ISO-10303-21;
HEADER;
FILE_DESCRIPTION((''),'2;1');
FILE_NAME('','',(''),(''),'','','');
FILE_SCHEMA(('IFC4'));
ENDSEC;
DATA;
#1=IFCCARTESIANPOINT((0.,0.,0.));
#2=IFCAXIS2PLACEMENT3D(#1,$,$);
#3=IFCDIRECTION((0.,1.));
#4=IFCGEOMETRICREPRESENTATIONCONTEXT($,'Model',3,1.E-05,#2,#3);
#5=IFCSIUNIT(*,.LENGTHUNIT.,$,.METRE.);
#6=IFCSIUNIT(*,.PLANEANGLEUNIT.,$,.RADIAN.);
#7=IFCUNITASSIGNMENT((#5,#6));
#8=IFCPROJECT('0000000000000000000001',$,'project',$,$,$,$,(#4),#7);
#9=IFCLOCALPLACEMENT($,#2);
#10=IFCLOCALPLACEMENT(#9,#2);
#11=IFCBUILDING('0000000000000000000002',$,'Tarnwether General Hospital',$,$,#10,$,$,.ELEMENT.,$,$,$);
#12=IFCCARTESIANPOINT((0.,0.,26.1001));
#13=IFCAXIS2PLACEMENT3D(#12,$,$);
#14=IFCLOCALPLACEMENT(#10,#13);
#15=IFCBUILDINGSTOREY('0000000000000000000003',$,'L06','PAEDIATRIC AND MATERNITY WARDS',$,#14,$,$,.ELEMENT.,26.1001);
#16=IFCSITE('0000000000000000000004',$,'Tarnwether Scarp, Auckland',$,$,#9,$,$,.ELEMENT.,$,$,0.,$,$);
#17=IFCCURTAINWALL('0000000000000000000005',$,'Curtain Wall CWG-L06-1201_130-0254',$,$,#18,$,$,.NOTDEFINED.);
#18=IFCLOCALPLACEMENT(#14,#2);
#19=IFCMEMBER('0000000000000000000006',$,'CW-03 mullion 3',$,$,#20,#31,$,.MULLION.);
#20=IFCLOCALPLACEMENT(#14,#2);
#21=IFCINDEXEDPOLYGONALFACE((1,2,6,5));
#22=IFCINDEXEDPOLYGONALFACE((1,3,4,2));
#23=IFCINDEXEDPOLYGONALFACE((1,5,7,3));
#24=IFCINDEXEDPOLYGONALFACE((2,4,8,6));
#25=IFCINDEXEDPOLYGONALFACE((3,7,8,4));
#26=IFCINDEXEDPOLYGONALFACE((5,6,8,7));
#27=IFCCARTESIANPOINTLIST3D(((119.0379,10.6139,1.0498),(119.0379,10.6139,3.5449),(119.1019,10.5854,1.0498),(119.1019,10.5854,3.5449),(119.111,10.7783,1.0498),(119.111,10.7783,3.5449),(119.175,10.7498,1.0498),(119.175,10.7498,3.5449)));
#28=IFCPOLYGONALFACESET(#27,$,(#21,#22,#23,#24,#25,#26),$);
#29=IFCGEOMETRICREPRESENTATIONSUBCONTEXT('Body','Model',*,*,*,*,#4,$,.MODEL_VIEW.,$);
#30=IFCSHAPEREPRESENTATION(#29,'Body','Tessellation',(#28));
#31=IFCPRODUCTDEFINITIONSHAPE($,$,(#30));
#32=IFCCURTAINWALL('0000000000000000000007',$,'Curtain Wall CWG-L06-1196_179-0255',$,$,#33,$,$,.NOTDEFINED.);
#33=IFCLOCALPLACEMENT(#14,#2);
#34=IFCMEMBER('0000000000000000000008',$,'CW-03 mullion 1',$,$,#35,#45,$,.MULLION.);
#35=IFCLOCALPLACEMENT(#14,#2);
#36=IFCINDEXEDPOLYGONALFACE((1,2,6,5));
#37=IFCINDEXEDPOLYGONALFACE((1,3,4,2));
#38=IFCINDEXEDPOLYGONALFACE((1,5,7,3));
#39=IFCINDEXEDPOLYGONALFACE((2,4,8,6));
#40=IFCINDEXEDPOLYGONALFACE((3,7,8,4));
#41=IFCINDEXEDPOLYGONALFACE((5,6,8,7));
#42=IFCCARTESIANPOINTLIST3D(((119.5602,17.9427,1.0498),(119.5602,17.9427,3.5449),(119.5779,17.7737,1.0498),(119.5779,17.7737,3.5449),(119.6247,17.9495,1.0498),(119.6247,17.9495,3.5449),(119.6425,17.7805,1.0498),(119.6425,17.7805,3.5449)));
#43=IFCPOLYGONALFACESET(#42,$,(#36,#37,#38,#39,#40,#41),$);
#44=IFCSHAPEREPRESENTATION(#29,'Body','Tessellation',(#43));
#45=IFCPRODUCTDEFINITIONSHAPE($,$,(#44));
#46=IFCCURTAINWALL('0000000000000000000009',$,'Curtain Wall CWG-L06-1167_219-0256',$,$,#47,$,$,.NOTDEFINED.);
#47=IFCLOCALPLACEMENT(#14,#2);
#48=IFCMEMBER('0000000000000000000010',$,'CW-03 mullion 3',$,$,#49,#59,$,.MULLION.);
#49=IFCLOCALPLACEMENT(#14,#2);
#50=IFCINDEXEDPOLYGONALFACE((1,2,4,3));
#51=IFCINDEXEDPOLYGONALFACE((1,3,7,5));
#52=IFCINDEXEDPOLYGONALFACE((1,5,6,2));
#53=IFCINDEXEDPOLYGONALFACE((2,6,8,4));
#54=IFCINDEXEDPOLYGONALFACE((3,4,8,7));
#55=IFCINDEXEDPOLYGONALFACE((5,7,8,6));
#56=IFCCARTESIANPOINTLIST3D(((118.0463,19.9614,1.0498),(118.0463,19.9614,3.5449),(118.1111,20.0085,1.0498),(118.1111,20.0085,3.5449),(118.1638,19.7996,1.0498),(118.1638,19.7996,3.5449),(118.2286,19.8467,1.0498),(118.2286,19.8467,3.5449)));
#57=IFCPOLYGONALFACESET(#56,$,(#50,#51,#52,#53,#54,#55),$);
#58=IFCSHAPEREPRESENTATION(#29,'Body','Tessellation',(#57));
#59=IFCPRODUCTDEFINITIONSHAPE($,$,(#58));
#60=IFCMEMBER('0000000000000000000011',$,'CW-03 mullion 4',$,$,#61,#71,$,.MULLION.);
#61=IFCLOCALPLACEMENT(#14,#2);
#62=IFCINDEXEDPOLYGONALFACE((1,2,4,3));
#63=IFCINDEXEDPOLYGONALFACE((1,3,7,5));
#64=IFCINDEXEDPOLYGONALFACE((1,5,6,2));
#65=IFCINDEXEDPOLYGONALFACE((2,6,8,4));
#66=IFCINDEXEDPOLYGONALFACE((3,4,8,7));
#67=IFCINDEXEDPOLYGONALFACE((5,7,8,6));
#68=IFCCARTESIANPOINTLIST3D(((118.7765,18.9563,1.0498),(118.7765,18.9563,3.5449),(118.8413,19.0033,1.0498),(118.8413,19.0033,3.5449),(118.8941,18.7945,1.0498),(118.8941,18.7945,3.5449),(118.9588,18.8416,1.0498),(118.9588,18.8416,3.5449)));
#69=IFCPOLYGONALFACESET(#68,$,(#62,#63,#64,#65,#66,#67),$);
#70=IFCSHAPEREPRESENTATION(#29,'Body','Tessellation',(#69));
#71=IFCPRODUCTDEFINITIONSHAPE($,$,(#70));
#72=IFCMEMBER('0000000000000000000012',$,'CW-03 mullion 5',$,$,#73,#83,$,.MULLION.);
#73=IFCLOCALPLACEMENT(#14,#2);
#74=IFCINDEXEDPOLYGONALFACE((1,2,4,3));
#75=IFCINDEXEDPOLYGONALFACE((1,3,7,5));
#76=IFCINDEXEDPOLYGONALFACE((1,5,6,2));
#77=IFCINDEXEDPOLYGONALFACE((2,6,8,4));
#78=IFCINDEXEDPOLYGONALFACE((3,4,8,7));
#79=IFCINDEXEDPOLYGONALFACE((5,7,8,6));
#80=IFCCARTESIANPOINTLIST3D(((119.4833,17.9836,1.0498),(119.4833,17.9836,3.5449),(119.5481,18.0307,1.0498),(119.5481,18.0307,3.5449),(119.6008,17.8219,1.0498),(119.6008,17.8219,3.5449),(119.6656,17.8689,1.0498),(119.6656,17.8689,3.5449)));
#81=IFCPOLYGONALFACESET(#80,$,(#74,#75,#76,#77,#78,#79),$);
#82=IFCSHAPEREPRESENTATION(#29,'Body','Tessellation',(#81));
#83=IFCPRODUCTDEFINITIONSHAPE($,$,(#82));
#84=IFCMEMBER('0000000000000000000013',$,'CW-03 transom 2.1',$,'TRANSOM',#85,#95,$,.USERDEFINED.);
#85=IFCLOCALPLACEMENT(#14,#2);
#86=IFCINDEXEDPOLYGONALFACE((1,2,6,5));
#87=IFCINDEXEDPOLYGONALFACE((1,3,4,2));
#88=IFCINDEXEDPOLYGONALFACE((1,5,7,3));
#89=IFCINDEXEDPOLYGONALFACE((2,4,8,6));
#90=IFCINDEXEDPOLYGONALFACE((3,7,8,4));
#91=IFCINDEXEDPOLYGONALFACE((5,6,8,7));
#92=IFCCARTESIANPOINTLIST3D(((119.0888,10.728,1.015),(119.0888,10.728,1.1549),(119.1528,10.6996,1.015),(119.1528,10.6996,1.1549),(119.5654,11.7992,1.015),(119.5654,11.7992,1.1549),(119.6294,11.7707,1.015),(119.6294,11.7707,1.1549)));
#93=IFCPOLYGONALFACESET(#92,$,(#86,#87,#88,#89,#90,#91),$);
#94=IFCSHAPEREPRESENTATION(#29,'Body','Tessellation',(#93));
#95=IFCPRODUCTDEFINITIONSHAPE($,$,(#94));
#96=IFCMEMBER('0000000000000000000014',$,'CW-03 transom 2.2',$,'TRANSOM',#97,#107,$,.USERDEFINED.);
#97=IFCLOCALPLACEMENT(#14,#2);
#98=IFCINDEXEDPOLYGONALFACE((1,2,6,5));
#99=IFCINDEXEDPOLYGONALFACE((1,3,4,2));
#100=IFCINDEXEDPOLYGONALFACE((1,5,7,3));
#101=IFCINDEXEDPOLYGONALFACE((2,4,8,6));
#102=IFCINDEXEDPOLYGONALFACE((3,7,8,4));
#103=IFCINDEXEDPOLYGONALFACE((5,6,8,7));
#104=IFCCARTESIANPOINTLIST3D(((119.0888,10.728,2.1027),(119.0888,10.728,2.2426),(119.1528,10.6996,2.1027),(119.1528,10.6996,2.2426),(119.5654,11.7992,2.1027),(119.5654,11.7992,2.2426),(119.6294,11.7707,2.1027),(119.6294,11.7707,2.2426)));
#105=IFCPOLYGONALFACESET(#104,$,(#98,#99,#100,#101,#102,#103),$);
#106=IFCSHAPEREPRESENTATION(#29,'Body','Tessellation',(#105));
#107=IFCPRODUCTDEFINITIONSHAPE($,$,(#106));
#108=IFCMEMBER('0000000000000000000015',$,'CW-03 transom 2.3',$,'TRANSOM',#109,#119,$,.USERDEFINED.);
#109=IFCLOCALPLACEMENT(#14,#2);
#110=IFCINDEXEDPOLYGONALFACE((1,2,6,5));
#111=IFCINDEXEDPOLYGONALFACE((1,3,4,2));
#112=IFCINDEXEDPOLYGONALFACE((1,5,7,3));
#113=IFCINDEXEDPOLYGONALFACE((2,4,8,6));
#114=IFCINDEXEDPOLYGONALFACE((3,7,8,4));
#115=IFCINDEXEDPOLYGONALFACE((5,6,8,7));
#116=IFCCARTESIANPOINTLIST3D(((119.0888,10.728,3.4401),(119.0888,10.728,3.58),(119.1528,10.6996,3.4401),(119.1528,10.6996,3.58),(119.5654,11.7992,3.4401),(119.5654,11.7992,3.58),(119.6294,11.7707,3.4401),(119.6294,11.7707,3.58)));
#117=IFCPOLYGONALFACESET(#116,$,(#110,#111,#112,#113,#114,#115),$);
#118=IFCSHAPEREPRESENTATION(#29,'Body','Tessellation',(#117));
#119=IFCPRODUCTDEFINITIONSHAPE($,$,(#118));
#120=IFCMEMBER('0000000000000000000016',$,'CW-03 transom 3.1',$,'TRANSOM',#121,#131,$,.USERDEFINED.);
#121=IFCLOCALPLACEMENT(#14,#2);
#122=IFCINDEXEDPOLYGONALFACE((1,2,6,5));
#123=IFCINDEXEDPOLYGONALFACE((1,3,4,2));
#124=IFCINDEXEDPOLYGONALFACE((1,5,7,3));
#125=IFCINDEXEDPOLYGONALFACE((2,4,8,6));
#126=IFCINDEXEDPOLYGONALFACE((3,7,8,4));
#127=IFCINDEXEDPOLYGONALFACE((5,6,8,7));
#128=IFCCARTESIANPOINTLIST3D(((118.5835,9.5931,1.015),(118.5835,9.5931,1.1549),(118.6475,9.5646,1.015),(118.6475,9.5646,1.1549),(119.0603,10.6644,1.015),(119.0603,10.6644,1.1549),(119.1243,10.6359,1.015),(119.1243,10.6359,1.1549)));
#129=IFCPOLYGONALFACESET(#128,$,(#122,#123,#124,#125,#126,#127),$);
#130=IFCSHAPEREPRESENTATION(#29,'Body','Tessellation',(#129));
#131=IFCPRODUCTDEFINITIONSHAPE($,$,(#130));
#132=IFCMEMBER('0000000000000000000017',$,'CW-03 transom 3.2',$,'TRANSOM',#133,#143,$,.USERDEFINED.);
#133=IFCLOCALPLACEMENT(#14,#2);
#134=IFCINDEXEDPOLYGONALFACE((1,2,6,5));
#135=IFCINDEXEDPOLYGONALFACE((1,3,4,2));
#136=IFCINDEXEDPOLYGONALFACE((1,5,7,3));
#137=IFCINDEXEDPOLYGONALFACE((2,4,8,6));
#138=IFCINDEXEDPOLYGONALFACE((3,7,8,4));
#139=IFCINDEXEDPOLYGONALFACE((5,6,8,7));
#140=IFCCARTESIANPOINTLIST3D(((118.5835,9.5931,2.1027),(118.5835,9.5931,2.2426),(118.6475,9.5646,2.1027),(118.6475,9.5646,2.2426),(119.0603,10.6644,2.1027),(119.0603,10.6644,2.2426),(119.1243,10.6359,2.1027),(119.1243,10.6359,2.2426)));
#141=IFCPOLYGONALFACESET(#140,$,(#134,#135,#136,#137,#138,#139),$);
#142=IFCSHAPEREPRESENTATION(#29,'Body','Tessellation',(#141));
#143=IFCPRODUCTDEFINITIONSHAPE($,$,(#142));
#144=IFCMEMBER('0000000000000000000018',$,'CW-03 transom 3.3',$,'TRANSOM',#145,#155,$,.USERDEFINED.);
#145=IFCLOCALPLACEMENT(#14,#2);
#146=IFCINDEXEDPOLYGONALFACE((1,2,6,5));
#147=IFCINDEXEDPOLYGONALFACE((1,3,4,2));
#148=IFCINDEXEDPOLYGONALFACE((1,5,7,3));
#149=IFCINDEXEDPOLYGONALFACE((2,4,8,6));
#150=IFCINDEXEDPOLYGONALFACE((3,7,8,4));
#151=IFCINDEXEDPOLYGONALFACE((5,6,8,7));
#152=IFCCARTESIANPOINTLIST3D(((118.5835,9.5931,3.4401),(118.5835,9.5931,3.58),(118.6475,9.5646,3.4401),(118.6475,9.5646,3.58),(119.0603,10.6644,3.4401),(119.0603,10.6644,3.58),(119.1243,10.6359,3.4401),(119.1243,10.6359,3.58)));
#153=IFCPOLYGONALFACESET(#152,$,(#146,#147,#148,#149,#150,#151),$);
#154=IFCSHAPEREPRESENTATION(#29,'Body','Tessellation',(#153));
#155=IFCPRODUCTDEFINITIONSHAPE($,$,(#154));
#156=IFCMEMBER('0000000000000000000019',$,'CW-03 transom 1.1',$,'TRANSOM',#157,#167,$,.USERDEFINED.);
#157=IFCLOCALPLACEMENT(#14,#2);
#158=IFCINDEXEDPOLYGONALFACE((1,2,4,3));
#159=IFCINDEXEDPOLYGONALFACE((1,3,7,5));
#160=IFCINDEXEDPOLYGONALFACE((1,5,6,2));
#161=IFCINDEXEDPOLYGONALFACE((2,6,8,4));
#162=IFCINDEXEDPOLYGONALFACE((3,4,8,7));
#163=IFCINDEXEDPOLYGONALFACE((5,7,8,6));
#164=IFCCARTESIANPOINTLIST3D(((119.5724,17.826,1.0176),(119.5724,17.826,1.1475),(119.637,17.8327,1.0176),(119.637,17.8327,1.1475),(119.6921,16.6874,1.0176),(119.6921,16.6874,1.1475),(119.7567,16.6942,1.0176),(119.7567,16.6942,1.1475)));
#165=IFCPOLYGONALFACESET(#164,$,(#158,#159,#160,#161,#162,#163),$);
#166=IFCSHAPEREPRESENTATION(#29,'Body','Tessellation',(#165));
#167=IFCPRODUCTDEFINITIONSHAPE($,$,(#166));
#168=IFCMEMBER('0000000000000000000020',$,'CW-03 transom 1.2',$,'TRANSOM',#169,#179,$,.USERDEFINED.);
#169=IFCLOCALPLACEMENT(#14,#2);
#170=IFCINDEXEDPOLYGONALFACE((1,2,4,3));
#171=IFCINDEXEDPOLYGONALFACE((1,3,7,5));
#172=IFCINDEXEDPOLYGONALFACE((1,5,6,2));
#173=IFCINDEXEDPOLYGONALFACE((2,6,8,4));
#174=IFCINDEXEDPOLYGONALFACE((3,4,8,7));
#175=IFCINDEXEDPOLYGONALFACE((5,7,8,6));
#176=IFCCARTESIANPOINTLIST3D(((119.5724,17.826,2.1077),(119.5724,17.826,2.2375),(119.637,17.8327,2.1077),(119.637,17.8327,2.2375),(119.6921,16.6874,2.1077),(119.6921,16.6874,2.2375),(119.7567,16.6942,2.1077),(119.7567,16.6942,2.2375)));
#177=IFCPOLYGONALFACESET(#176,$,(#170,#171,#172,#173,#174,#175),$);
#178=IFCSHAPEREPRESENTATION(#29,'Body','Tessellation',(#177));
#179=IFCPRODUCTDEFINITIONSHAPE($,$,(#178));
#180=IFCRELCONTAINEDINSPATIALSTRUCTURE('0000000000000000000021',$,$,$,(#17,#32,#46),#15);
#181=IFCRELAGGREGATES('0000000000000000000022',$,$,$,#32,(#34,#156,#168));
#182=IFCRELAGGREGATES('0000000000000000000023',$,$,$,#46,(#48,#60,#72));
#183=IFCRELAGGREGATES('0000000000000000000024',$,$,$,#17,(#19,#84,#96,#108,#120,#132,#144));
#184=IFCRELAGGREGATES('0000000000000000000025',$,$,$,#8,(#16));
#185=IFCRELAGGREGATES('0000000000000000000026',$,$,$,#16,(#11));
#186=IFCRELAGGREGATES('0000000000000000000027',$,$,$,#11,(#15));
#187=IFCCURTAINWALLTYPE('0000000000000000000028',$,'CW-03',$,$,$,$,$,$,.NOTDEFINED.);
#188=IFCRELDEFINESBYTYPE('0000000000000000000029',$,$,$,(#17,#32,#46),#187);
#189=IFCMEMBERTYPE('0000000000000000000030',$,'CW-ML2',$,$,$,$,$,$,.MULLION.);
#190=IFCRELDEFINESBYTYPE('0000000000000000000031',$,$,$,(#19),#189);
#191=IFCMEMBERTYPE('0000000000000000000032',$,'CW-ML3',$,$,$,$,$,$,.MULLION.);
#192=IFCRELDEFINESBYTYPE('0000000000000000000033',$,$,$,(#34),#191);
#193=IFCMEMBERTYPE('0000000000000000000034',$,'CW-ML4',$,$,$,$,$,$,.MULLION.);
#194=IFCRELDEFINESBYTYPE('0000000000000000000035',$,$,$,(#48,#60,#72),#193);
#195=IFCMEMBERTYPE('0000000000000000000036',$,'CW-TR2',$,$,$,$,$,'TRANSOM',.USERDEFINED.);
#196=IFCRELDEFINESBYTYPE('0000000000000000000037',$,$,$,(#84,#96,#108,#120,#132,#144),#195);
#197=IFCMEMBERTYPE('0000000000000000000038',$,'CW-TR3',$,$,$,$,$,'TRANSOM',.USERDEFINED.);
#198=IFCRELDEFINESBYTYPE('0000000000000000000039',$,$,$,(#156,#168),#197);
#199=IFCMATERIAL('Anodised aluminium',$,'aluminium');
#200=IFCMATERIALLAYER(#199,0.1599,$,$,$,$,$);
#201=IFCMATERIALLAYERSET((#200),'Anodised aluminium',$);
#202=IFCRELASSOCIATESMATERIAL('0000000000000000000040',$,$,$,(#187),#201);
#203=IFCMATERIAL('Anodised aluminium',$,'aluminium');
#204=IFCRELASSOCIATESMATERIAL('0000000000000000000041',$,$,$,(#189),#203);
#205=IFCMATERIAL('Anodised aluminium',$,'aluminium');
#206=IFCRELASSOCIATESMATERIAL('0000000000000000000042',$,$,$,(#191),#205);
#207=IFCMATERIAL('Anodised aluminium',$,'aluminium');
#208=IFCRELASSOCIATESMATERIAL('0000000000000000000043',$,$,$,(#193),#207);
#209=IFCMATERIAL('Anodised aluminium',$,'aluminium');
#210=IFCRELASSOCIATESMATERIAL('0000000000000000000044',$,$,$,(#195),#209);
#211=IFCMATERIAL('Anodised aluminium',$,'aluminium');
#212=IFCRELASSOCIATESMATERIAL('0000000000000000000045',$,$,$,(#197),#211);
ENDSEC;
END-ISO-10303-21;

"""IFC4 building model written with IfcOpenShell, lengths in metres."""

from ifc_helpers import new_model, si_unit, direction, frame, origin, origin_2d, place, context, subcontext, project, spatial, rectangle, extrude, material, layer, layer_set, material_profile, profile_set, type_object, element, aggregate, save


model = new_model("IFC4")

# Units and contexts
model_context = context("Model", 3, precision=1e-05, world=origin(), true_north=direction((0.0, 1.0)))
body_context = subcontext(model_context, "Body", "Model", "MODEL_VIEW")
ifc_project = project(units=[si_unit("LENGTHUNIT", "METRE"), si_unit("PLANEANGLEUNIT", "RADIAN")], contexts=[model_context])

# Site, building, storey
site_placement = place(None, origin())
site = spatial("IfcSite", under=ifc_project, at=site_placement, Name="Tarnwether Scarp, Auckland", CompositionType="ELEMENT", RefElevation=0.0)
building_placement = place(site_placement, origin())
building = spatial("IfcBuilding", under=site, at=building_placement, Name="Tarnwether General Hospital", CompositionType="ELEMENT")
storey_placement = place(building_placement, frame((0.0, 0.0, 26.1001)))
storey = spatial("IfcBuildingStorey", under=building, at=storey_placement, Name="L06", Description="PAEDIATRIC AND MATERNITY WARDS", CompositionType="ELEMENT", Elevation=26.1001)

# Curtain walls, members
ifc_material_1 = material(Name="Anodised aluminium", Category="aluminium")
ifc_layer_1 = layer(ifc_material_1, 0.1599)
ifc_layer_set_1 = layer_set([ifc_layer_1], Name="Anodised aluminium")
curtain_wall_type = type_object("IfcCurtainWallType", Name="CW-03", PredefinedType="NOTDEFINED", material=ifc_layer_set_1)
curtain_wall_1_placement = place(storey_placement, origin())
curtain_wall_1 = element("IfcCurtainWall", 1, at=curtain_wall_1_placement, inside=storey, type_object=curtain_wall_type, Name="Curtain Wall CWG-L06-1201_130-0254", PredefinedType="NOTDEFINED")
ifc_material_2 = material(Name="Anodised aluminium", Category="aluminium")
ifc_material_profile_1 = material_profile(ifc_material_2, rectangle(XDim=0.0701, YDim=0.1799, at=origin_2d()), Name="ALU-MUL-70x180")
ifc_profile_set_1 = profile_set([ifc_material_profile_1], Name="Anodised aluminium")
member_type_1 = type_object("IfcMemberType", Name="CW-ML2", PredefinedType="MULLION", material=ifc_profile_set_1)
member_1_placement = place(storey_placement, frame((119.1064, 10.6819, 1.0498), z_axis=(0.0, 0.0, 1.0), x_axis=(0.913571, -0.40668, 0.0)))
member_1 = element("IfcMember", 2, at=member_1_placement, type_object=member_type_1, Name="CW-03 mullion 3", PredefinedType="MULLION", context=body_context, shape_type="SweptSolid", body=[
    extrude(rectangle(XDim=0.0701, YDim=0.1799, at=origin_2d()), origin(), (0.0, 0.0, 1.0), 2.4951),
])
curtain_wall_2_placement = place(storey_placement, origin())
curtain_wall_2 = element("IfcCurtainWall", 3, at=curtain_wall_2_placement, inside=storey, type_object=curtain_wall_type, Name="Curtain Wall CWG-L06-1196_179-0255", PredefinedType="NOTDEFINED")
ifc_material_3 = material(Name="Anodised aluminium", Category="aluminium")
ifc_material_profile_2 = material_profile(ifc_material_3, rectangle(XDim=0.0649, YDim=0.1699, at=origin_2d()), Name="ALU-MUL-65x170")
ifc_profile_set_2 = profile_set([ifc_material_profile_2], Name="Anodised aluminium")
member_type_2 = type_object("IfcMemberType", Name="CW-ML3", PredefinedType="MULLION", material=ifc_profile_set_2)
member_2_placement = place(storey_placement, frame((119.6013, 17.8616, 1.0498), z_axis=(0.0, 0.0, 1.0), x_axis=(0.994531, 0.104444, 0.0)))
member_2 = element("IfcMember", 4, at=member_2_placement, type_object=member_type_2, Name="CW-03 mullion 1", PredefinedType="MULLION", context=body_context, shape_type="SweptSolid", body=[
    extrude(rectangle(XDim=0.0649, YDim=0.1699, at=origin_2d()), origin(), (0.0, 0.0, 1.0), 2.4951),
])

# Curtain wall, members
curtain_wall_3_placement = place(storey_placement, origin())
curtain_wall_3 = element("IfcCurtainWall", 5, at=curtain_wall_3_placement, inside=storey, type_object=curtain_wall_type, Name="Curtain Wall CWG-L06-1167_219-0256", PredefinedType="NOTDEFINED")
ifc_material_4 = material(Name="Anodised aluminium", Category="aluminium")
ifc_material_profile_3 = material_profile(ifc_material_4, rectangle(XDim=0.0801, YDim=0.2, at=origin_2d()), Name="ALU-MUL-80x200")
ifc_profile_set_3 = profile_set([ifc_material_profile_3], Name="Anodised aluminium")
member_type_3 = type_object("IfcMemberType", Name="CW-ML4", PredefinedType="MULLION", material=ifc_profile_set_3)
member_3_placement = place(storey_placement, frame((118.1375, 19.9041, 1.0498), z_axis=(0.0, 0.0, 1.0), x_axis=(0.808988, 0.587825, 0.0)))
member_3 = element("IfcMember", 6, at=member_3_placement, type_object=member_type_3, Name="CW-03 mullion 3", PredefinedType="MULLION", context=body_context, shape_type="SweptSolid", body=[
    extrude(rectangle(XDim=0.0801, YDim=0.2, at=origin_2d()), origin(), (0.0, 0.0, 1.0), 2.4951),
])
member_4_placement = place(storey_placement, frame((118.8677, 18.8989, 1.0498), z_axis=(0.0, 0.0, 1.0), x_axis=(0.808988, 0.587825, 0.0)))
member_4 = element("IfcMember", 7, at=member_4_placement, type_object=member_type_3, Name="CW-03 mullion 4", PredefinedType="MULLION", context=body_context, shape_type="SweptSolid", body=[
    extrude(rectangle(XDim=0.0801, YDim=0.2, at=origin_2d()), origin(), (0.0, 0.0, 1.0), 2.4951),
])
member_5_placement = place(storey_placement, frame((119.5745, 17.9263, 1.0498), z_axis=(0.0, 0.0, 1.0), x_axis=(0.808988, 0.587825, 0.0)))
member_5 = element("IfcMember", 8, at=member_5_placement, type_object=member_type_3, Name="CW-03 mullion 5", PredefinedType="MULLION", context=body_context, shape_type="SweptSolid", body=[
    extrude(rectangle(XDim=0.0801, YDim=0.2, at=origin_2d()), origin(), (0.0, 0.0, 1.0), 2.4951),
])

# Members
ifc_material_5 = material(Name="Anodised aluminium", Category="aluminium")
ifc_material_profile_4 = material_profile(ifc_material_5, rectangle(XDim=0.0701, YDim=0.1399, at=origin_2d()), Name="ALU-TRN-70x140")
ifc_profile_set_4 = profile_set([ifc_material_profile_4], Name="Anodised aluminium")
member_type_4 = type_object("IfcMemberType", Name="CW-TR2", ElementType="TRANSOM", PredefinedType="USERDEFINED", material=ifc_profile_set_4)
member_6_placement = place(storey_placement, frame((119.5974, 11.7849, 1.085), z_axis=(-0.406525, -0.91364, 0.0), x_axis=(0.91364, -0.406525, 0.0)))
member_6 = element("IfcMember", 9, at=member_6_placement, type_object=member_type_4, Name="CW-03 transom 2.1", ObjectType="TRANSOM", PredefinedType="USERDEFINED", context=body_context, shape_type="SweptSolid", body=[
    extrude(rectangle(XDim=0.0701, YDim=0.1399, at=origin_2d()), origin(), (0.0, 0.0, 1.0), 1.1724),
])
member_7_placement = place(storey_placement, frame((119.5974, 11.7849, 2.1726), z_axis=(-0.406525, -0.91364, 0.0), x_axis=(0.91364, -0.406525, 0.0)))
member_7 = element("IfcMember", 10, at=member_7_placement, type_object=member_type_4, Name="CW-03 transom 2.2", ObjectType="TRANSOM", PredefinedType="USERDEFINED", context=body_context, shape_type="SweptSolid", body=[
    extrude(rectangle(XDim=0.0701, YDim=0.1399, at=origin_2d()), origin(), (0.0, 0.0, 1.0), 1.1724),
])
member_8_placement = place(storey_placement, frame((119.5974, 11.7849, 3.51), z_axis=(-0.406525, -0.91364, 0.0), x_axis=(0.91364, -0.406525, 0.0)))
member_8 = element("IfcMember", 11, at=member_8_placement, type_object=member_type_4, Name="CW-03 transom 2.3", ObjectType="TRANSOM", PredefinedType="USERDEFINED", context=body_context, shape_type="SweptSolid", body=[
    extrude(rectangle(XDim=0.0701, YDim=0.1399, at=origin_2d()), origin(), (0.0, 0.0, 1.0), 1.1724),
])
member_9_placement = place(storey_placement, frame((119.0923, 10.6501, 1.085), z_axis=(-0.406621, -0.913597, 0.0), x_axis=(0.913597, -0.406621, 0.0)))
member_9 = element("IfcMember", 12, at=member_9_placement, type_object=member_type_4, Name="CW-03 transom 3.1", ObjectType="TRANSOM", PredefinedType="USERDEFINED", context=body_context, shape_type="SweptSolid", body=[
    extrude(rectangle(XDim=0.0701, YDim=0.1399, at=origin_2d()), origin(), (0.0, 0.0, 1.0), 1.1726),
])
member_10_placement = place(storey_placement, frame((119.0923, 10.6501, 2.1726), z_axis=(-0.406621, -0.913597, 0.0), x_axis=(0.913597, -0.406621, 0.0)))
member_10 = element("IfcMember", 13, at=member_10_placement, type_object=member_type_4, Name="CW-03 transom 3.2", ObjectType="TRANSOM", PredefinedType="USERDEFINED", context=body_context, shape_type="SweptSolid", body=[
    extrude(rectangle(XDim=0.0701, YDim=0.1399, at=origin_2d()), origin(), (0.0, 0.0, 1.0), 1.1726),
])
member_11_placement = place(storey_placement, frame((119.0923, 10.6501, 3.51), z_axis=(-0.406621, -0.913597, 0.0), x_axis=(0.913597, -0.406621, 0.0)))
member_11 = element("IfcMember", 14, at=member_11_placement, type_object=member_type_4, Name="CW-03 transom 3.3", ObjectType="TRANSOM", PredefinedType="USERDEFINED", context=body_context, shape_type="SweptSolid", body=[
    extrude(rectangle(XDim=0.0701, YDim=0.1399, at=origin_2d()), origin(), (0.0, 0.0, 1.0), 1.1726),
])
ifc_material_6 = material(Name="Anodised aluminium", Category="aluminium")
ifc_material_profile_5 = material_profile(ifc_material_6, rectangle(XDim=0.0649, YDim=0.1299, at=origin_2d()), Name="ALU-TRN-65x130")
ifc_profile_set_5 = profile_set([ifc_material_profile_5], Name="Anodised aluminium")
member_type_5 = type_object("IfcMemberType", Name="CW-TR3", ElementType="TRANSOM", PredefinedType="USERDEFINED", material=ifc_profile_set_5)
member_12_placement = place(storey_placement, frame((119.6047, 17.8293, 1.0825), z_axis=(0.104507, -0.994524, 0.0), x_axis=(0.994524, 0.104507, 0.0)))
member_12 = element("IfcMember", 15, at=member_12_placement, type_object=member_type_5, Name="CW-03 transom 1.1", ObjectType="TRANSOM", PredefinedType="USERDEFINED", context=body_context, shape_type="SweptSolid", body=[
    extrude(rectangle(XDim=0.0649, YDim=0.1299, at=origin_2d()), origin(), (0.0, 0.0, 1.0), 1.1448),
])
member_13_placement = place(storey_placement, frame((119.6047, 17.8293, 2.1726), z_axis=(0.104507, -0.994524, 0.0), x_axis=(0.994524, 0.104507, 0.0)))
member_13 = element("IfcMember", 16, at=member_13_placement, type_object=member_type_5, Name="CW-03 transom 1.2", ObjectType="TRANSOM", PredefinedType="USERDEFINED", context=body_context, shape_type="SweptSolid", body=[
    extrude(rectangle(XDim=0.0649, YDim=0.1299, at=origin_2d()), origin(), (0.0, 0.0, 1.0), 1.1448),
])
aggregate(curtain_wall_2, [member_2, member_12, member_13])

aggregate(curtain_wall_3, [member_3, member_4, member_5])
aggregate(curtain_wall_1, [member_1, member_6, member_7, member_8, member_9, member_10, member_11])

save(model, "model.ifc")
